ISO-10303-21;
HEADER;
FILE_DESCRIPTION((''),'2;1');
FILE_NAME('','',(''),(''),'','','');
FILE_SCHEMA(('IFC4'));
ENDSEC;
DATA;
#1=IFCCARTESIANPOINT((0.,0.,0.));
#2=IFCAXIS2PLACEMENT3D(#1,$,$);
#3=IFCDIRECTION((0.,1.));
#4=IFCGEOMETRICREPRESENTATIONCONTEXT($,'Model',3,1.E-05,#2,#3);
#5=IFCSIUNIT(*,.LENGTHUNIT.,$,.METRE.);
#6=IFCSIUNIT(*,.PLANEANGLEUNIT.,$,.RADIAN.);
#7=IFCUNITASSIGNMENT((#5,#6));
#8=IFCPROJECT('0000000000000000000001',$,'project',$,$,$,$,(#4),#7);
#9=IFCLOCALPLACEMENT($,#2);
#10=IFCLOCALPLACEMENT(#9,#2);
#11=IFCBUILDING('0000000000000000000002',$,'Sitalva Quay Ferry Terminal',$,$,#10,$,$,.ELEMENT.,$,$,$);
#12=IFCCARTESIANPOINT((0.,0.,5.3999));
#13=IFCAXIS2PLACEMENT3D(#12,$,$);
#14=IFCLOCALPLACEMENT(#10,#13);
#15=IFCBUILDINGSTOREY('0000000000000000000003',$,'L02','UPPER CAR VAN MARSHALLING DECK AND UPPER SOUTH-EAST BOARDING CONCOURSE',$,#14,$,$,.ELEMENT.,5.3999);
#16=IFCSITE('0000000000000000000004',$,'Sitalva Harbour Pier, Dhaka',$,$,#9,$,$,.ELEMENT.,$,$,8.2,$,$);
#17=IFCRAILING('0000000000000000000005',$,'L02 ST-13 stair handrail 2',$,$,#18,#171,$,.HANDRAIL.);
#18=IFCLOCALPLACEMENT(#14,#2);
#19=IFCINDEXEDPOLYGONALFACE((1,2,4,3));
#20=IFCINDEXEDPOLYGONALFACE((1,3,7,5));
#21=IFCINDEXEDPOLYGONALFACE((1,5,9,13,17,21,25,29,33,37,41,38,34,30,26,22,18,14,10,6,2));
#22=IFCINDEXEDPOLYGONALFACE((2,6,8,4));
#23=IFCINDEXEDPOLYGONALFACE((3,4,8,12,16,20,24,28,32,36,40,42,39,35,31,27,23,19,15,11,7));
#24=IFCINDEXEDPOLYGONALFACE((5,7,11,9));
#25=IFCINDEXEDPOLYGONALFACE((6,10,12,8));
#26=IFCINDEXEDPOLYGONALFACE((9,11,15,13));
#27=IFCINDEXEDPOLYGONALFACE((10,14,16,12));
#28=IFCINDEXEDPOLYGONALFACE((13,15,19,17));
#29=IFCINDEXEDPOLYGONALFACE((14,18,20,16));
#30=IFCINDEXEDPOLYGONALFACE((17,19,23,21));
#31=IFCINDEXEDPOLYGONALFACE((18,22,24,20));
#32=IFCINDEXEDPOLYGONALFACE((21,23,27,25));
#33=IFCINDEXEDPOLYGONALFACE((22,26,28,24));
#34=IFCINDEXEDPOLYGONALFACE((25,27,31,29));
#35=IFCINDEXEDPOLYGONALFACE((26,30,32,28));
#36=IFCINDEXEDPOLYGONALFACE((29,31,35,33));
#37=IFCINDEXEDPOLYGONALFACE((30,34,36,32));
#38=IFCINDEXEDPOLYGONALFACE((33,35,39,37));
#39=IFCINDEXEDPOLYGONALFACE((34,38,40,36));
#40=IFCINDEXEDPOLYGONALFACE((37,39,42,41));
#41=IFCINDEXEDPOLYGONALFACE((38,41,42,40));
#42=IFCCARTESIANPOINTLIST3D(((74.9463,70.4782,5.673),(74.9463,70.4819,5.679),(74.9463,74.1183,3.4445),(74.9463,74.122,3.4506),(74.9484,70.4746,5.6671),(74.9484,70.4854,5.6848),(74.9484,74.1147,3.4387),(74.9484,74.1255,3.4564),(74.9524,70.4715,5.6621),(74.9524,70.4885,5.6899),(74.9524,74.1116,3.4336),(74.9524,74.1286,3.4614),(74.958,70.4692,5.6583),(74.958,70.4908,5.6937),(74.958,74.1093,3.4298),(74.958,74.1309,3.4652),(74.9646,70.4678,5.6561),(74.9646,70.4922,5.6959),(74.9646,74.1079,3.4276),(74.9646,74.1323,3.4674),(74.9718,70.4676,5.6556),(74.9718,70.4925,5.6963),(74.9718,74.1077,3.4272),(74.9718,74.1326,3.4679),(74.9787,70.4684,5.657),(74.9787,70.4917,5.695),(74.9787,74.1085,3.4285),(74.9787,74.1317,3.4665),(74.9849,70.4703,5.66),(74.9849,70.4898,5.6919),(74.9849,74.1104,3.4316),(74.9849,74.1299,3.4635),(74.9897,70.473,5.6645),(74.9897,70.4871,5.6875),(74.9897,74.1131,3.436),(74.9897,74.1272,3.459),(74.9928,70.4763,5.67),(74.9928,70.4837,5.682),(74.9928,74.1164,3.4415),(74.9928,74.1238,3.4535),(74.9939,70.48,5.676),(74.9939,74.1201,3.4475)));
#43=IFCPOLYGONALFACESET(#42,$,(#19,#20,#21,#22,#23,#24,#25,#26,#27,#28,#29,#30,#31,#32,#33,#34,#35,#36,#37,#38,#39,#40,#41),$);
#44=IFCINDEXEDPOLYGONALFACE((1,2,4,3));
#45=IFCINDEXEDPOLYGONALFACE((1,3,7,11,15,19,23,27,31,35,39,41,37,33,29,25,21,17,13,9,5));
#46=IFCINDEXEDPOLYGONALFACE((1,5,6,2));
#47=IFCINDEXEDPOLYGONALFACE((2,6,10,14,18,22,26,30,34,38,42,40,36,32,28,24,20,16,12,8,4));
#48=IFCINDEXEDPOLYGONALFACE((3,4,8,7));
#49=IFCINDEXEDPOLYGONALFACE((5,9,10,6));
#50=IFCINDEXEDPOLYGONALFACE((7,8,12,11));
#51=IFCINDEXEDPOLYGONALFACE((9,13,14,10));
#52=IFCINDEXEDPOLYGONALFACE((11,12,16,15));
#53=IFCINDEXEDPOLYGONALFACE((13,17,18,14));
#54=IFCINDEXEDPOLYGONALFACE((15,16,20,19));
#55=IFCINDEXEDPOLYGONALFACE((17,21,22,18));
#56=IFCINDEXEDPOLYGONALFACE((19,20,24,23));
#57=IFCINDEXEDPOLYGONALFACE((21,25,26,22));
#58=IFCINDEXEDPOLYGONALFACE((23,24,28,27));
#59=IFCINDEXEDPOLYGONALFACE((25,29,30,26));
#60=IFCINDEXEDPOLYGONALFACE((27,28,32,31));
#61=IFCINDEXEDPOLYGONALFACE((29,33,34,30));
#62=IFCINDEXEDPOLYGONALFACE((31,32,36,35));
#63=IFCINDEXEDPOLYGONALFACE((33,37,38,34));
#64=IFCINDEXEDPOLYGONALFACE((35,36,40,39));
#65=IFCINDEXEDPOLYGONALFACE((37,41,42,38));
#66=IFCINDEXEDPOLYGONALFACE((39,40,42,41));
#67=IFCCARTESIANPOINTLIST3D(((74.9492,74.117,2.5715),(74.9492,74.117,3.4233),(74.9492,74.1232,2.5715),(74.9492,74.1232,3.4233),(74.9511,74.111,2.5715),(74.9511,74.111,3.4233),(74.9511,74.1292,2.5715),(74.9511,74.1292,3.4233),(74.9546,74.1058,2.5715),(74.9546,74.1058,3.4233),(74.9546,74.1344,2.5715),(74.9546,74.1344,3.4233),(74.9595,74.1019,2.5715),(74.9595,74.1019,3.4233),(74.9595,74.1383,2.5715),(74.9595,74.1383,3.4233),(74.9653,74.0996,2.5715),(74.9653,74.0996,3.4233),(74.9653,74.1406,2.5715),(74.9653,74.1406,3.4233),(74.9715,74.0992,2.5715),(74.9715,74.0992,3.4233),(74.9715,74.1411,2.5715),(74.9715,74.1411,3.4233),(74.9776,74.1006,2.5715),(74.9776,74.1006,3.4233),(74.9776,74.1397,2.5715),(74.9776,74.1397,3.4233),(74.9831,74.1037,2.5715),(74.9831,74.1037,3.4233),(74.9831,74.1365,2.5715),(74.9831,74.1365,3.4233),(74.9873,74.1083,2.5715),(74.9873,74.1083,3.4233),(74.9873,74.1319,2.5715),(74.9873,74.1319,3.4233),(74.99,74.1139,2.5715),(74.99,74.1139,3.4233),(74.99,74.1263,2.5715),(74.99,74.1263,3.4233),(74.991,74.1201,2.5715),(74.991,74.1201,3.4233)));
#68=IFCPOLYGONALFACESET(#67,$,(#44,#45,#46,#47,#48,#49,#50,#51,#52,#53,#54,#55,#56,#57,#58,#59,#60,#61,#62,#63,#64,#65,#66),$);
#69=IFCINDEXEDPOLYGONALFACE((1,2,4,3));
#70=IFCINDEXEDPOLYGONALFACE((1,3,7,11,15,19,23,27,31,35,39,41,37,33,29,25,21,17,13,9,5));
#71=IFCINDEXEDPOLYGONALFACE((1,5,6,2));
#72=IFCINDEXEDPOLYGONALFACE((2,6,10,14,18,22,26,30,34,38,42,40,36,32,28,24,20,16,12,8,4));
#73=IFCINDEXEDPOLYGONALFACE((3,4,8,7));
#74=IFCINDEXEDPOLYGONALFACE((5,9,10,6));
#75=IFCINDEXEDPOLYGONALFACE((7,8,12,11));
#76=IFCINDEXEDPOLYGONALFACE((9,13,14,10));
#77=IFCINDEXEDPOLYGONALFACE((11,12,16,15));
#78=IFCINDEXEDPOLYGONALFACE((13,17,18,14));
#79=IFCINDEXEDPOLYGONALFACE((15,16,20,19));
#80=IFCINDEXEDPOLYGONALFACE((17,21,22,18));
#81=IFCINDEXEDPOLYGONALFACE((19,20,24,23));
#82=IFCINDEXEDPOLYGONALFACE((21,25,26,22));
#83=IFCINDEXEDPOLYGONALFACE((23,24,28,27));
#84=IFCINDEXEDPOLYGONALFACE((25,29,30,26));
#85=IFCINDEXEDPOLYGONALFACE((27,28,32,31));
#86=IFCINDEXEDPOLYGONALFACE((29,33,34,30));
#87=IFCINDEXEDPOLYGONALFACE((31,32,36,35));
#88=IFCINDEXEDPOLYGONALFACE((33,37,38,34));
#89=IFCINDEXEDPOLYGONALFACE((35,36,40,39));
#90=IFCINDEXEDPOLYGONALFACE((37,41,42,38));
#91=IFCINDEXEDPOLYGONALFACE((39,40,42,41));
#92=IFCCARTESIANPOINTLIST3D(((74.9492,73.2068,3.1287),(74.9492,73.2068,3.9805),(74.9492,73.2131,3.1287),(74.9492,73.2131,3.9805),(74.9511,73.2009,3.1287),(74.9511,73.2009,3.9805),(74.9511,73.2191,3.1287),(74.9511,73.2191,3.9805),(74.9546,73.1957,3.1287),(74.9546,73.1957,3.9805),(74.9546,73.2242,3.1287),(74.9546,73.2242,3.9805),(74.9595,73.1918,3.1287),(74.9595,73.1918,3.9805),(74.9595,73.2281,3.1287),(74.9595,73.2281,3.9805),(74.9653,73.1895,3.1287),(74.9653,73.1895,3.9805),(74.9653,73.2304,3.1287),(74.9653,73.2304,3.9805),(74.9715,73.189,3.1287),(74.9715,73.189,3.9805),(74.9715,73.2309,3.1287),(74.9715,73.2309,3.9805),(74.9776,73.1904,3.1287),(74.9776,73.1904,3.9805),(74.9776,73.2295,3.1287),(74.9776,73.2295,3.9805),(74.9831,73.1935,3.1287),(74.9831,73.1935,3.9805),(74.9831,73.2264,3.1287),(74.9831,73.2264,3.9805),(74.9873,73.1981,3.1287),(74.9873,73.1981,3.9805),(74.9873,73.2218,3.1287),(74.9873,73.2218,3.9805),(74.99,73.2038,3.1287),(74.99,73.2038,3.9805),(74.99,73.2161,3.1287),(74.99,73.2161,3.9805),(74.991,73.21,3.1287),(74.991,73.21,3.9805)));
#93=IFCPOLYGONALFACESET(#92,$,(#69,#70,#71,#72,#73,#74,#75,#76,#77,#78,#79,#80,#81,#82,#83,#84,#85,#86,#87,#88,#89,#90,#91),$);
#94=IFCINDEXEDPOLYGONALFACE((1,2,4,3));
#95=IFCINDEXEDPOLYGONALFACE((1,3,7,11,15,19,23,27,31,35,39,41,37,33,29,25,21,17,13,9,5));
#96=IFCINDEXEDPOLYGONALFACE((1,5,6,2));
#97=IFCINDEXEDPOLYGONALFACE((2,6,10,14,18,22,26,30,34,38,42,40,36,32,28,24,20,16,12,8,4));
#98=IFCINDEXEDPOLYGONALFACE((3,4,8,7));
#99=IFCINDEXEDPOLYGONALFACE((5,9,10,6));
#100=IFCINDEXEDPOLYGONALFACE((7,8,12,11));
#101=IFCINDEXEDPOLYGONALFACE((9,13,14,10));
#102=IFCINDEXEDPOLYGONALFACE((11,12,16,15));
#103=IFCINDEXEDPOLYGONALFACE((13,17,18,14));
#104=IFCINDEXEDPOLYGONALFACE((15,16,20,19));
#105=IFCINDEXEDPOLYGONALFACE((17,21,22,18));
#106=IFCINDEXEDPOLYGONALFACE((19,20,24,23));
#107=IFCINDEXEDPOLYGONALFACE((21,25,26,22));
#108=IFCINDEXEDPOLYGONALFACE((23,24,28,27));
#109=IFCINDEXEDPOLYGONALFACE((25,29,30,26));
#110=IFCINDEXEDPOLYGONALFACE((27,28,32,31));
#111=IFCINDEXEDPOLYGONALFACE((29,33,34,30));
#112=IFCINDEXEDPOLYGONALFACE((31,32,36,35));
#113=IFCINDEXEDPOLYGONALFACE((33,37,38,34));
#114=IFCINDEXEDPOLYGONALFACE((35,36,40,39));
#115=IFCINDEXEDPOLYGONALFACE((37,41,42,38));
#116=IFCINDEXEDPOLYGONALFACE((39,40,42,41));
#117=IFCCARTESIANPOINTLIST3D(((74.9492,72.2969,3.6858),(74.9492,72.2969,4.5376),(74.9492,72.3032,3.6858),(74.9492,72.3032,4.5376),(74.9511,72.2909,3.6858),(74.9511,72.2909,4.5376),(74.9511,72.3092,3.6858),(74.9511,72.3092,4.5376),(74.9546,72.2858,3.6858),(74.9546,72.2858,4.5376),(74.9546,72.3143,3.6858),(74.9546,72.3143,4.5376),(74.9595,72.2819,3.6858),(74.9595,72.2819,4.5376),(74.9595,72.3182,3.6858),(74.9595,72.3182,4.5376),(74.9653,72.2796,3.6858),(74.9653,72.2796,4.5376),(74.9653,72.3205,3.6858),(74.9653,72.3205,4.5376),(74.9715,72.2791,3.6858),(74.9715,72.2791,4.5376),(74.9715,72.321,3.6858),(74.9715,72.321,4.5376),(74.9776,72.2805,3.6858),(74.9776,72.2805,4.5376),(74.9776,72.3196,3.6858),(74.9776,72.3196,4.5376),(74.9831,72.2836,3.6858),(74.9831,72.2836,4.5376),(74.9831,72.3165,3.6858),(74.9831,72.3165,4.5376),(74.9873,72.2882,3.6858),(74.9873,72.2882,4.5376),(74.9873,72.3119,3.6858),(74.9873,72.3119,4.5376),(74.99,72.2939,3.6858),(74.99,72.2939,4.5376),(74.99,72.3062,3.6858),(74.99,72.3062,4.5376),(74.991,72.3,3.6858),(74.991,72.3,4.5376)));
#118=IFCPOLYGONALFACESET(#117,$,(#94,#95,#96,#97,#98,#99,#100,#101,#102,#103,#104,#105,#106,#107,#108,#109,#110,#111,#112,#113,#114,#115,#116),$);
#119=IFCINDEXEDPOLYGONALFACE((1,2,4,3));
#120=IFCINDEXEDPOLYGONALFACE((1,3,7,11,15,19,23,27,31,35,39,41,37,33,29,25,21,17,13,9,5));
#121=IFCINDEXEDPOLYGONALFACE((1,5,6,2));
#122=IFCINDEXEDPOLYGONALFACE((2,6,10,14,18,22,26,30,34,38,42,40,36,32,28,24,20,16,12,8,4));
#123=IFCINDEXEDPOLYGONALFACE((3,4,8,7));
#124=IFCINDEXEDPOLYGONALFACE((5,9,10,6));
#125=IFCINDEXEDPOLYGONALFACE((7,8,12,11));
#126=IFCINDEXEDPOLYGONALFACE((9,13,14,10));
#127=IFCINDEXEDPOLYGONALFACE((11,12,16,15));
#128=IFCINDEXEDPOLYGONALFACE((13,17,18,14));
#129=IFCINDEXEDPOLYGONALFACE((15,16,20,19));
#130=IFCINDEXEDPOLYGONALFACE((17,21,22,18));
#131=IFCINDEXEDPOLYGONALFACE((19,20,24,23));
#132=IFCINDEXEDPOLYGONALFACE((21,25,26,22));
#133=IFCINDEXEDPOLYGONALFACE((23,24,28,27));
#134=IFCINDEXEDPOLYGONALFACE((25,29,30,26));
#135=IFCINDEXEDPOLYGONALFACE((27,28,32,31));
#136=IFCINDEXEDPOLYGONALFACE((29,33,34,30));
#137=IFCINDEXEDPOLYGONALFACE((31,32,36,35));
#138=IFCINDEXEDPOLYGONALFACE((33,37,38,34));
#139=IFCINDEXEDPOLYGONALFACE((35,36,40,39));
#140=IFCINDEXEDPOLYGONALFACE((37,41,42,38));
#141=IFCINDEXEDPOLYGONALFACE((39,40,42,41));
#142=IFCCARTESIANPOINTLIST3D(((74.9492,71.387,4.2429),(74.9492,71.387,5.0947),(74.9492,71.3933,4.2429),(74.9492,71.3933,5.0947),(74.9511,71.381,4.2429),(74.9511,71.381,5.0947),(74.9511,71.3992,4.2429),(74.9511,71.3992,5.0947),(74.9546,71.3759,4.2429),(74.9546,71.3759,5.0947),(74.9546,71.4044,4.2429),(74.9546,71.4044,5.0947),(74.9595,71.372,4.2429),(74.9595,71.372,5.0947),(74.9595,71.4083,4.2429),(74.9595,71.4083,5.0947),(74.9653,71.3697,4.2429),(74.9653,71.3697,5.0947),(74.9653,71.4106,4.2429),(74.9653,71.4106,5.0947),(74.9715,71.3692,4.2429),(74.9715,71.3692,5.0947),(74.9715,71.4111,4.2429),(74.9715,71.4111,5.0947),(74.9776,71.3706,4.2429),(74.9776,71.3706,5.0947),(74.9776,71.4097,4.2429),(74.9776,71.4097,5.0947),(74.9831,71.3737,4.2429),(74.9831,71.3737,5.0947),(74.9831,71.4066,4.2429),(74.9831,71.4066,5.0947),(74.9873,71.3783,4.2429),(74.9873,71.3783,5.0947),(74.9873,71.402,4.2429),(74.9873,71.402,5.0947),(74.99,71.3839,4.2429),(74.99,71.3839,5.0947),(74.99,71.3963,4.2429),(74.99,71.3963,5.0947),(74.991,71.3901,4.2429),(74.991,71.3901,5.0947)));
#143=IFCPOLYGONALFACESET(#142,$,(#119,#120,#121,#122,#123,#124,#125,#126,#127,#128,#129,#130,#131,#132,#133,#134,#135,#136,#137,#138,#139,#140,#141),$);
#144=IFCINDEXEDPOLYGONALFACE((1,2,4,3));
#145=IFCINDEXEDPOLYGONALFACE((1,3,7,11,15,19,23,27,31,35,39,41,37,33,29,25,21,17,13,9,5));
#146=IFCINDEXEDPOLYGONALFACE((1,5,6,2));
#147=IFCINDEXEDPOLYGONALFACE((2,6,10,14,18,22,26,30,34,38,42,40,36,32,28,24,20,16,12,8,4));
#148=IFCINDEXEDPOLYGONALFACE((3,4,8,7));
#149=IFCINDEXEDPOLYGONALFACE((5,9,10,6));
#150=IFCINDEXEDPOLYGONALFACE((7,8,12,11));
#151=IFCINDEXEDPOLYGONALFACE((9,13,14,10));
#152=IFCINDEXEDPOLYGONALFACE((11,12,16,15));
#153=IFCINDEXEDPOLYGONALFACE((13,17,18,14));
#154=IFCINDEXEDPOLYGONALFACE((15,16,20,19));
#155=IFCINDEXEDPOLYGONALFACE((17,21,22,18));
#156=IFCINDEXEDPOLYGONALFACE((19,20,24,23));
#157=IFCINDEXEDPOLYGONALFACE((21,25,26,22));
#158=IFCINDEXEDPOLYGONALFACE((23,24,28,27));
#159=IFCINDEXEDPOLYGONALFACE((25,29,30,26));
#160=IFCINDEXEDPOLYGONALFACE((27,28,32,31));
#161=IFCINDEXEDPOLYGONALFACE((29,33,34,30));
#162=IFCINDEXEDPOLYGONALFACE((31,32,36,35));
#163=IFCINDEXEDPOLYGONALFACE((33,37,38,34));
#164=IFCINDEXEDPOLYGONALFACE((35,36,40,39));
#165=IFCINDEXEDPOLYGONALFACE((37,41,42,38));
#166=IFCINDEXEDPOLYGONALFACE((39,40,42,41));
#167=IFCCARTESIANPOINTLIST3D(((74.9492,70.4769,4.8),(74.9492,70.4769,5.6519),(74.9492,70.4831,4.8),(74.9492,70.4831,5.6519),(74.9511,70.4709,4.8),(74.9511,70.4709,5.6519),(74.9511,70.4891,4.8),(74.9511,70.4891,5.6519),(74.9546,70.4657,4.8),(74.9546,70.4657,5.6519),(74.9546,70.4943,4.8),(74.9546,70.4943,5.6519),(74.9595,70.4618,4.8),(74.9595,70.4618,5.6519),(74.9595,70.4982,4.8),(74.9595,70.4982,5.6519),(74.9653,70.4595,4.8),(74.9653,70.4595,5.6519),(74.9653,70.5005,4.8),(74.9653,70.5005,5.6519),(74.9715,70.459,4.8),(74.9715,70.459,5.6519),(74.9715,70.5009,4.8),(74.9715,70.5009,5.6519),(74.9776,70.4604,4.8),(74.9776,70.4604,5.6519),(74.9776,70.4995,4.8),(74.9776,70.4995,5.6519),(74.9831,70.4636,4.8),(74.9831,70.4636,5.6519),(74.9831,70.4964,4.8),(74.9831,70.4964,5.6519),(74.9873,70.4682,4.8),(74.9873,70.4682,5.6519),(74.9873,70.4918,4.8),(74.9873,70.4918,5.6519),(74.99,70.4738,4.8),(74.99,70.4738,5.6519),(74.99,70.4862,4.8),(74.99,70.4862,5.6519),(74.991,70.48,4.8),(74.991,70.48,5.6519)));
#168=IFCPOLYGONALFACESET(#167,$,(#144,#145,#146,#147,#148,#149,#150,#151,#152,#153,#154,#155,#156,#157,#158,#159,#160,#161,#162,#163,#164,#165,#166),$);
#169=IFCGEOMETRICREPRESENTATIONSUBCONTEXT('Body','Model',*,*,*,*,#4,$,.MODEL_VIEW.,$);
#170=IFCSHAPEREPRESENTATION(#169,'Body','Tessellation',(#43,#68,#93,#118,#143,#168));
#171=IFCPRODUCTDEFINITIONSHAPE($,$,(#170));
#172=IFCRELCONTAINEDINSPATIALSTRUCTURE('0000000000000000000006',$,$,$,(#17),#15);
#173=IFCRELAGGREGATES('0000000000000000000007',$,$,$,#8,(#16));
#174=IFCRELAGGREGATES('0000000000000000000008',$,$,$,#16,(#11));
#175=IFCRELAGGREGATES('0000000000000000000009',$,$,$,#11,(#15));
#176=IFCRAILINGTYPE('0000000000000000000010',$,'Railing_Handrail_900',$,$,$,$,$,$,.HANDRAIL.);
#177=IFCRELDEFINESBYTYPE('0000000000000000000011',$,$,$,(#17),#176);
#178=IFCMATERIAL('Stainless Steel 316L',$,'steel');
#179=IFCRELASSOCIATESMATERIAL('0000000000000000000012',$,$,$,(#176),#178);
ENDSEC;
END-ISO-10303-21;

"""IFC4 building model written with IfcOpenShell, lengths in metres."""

from ifc_helpers import new_model, si_unit, direction, frame, origin, origin_2d, place, context, subcontext, project, spatial, circle, extrude, material, type_object, element, save


model = new_model("IFC4")

# Units and contexts
model_context = context("Model", 3, precision=1e-05, world=origin(), true_north=direction((0.0, 1.0)))
body_context = subcontext(model_context, "Body", "Model", "MODEL_VIEW")
ifc_project = project(units=[si_unit("LENGTHUNIT", "METRE"), si_unit("PLANEANGLEUNIT", "RADIAN")], contexts=[model_context])

# Site, building, storey
site_placement = place(None, origin())
site = spatial("IfcSite", under=ifc_project, at=site_placement, Name="Sitalva Harbour Pier, Dhaka", CompositionType="ELEMENT", RefElevation=8.2)
building_placement = place(site_placement, origin())
building = spatial("IfcBuilding", under=site, at=building_placement, Name="Sitalva Quay Ferry Terminal", CompositionType="ELEMENT")
storey_placement = place(building_placement, frame((0.0, 0.0, 5.3999)))
storey = spatial("IfcBuildingStorey", under=building, at=storey_placement, Name="L02", Description="UPPER CAR VAN MARSHALLING DECK AND UPPER SOUTH-EAST BOARDING CONCOURSE", CompositionType="ELEMENT", Elevation=5.3999)

# Railing
ifc_material_1 = material(Name="Stainless Steel 316L", Category="steel")
railing_type_1 = type_object("IfcRailingType", Name="Railing_Handrail_900", PredefinedType="HANDRAIL", material=ifc_material_1)
railing_1_placement = place(storey_placement, frame((74.97, 74.1201, 2.5715)))
element("IfcRailing", 1, at=railing_1_placement, inside=storey, type_object=railing_type_1, Name="L02 ST-13 stair handrail 2", PredefinedType="HANDRAIL", context=body_context, shape_type="SweptSolid", body=[
    extrude(circle(Radius=0.0239, at=origin_2d()), frame((0.0, 0.0, 0.876), z_axis=(0.0, -0.852866, 0.52213), x_axis=(1.0, 0.0, 0.0)), (0.0, 0.0, 1.0), 4.2681),
    extrude(circle(Radius=0.021, at=origin_2d()), origin(), (0.0, 0.0, 1.0), 0.8518),
    extrude(circle(Radius=0.021, at=origin_2d()), frame((0.0, -0.9102, 0.5571)), (0.0, 0.0, 1.0), 0.8518),
    extrude(circle(Radius=0.021, at=origin_2d()), frame((0.0, -1.8201, 1.1143)), (0.0, 0.0, 1.0), 0.8518),
    extrude(circle(Radius=0.021, at=origin_2d()), frame((0.0, -2.73, 1.6714)), (0.0, 0.0, 1.0), 0.8518),
    extrude(circle(Radius=0.021, at=origin_2d()), frame((0.0, -3.6401, 2.2285)), (0.0, 0.0, 1.0), 0.8518),
])

save(model, "model.ifc")
